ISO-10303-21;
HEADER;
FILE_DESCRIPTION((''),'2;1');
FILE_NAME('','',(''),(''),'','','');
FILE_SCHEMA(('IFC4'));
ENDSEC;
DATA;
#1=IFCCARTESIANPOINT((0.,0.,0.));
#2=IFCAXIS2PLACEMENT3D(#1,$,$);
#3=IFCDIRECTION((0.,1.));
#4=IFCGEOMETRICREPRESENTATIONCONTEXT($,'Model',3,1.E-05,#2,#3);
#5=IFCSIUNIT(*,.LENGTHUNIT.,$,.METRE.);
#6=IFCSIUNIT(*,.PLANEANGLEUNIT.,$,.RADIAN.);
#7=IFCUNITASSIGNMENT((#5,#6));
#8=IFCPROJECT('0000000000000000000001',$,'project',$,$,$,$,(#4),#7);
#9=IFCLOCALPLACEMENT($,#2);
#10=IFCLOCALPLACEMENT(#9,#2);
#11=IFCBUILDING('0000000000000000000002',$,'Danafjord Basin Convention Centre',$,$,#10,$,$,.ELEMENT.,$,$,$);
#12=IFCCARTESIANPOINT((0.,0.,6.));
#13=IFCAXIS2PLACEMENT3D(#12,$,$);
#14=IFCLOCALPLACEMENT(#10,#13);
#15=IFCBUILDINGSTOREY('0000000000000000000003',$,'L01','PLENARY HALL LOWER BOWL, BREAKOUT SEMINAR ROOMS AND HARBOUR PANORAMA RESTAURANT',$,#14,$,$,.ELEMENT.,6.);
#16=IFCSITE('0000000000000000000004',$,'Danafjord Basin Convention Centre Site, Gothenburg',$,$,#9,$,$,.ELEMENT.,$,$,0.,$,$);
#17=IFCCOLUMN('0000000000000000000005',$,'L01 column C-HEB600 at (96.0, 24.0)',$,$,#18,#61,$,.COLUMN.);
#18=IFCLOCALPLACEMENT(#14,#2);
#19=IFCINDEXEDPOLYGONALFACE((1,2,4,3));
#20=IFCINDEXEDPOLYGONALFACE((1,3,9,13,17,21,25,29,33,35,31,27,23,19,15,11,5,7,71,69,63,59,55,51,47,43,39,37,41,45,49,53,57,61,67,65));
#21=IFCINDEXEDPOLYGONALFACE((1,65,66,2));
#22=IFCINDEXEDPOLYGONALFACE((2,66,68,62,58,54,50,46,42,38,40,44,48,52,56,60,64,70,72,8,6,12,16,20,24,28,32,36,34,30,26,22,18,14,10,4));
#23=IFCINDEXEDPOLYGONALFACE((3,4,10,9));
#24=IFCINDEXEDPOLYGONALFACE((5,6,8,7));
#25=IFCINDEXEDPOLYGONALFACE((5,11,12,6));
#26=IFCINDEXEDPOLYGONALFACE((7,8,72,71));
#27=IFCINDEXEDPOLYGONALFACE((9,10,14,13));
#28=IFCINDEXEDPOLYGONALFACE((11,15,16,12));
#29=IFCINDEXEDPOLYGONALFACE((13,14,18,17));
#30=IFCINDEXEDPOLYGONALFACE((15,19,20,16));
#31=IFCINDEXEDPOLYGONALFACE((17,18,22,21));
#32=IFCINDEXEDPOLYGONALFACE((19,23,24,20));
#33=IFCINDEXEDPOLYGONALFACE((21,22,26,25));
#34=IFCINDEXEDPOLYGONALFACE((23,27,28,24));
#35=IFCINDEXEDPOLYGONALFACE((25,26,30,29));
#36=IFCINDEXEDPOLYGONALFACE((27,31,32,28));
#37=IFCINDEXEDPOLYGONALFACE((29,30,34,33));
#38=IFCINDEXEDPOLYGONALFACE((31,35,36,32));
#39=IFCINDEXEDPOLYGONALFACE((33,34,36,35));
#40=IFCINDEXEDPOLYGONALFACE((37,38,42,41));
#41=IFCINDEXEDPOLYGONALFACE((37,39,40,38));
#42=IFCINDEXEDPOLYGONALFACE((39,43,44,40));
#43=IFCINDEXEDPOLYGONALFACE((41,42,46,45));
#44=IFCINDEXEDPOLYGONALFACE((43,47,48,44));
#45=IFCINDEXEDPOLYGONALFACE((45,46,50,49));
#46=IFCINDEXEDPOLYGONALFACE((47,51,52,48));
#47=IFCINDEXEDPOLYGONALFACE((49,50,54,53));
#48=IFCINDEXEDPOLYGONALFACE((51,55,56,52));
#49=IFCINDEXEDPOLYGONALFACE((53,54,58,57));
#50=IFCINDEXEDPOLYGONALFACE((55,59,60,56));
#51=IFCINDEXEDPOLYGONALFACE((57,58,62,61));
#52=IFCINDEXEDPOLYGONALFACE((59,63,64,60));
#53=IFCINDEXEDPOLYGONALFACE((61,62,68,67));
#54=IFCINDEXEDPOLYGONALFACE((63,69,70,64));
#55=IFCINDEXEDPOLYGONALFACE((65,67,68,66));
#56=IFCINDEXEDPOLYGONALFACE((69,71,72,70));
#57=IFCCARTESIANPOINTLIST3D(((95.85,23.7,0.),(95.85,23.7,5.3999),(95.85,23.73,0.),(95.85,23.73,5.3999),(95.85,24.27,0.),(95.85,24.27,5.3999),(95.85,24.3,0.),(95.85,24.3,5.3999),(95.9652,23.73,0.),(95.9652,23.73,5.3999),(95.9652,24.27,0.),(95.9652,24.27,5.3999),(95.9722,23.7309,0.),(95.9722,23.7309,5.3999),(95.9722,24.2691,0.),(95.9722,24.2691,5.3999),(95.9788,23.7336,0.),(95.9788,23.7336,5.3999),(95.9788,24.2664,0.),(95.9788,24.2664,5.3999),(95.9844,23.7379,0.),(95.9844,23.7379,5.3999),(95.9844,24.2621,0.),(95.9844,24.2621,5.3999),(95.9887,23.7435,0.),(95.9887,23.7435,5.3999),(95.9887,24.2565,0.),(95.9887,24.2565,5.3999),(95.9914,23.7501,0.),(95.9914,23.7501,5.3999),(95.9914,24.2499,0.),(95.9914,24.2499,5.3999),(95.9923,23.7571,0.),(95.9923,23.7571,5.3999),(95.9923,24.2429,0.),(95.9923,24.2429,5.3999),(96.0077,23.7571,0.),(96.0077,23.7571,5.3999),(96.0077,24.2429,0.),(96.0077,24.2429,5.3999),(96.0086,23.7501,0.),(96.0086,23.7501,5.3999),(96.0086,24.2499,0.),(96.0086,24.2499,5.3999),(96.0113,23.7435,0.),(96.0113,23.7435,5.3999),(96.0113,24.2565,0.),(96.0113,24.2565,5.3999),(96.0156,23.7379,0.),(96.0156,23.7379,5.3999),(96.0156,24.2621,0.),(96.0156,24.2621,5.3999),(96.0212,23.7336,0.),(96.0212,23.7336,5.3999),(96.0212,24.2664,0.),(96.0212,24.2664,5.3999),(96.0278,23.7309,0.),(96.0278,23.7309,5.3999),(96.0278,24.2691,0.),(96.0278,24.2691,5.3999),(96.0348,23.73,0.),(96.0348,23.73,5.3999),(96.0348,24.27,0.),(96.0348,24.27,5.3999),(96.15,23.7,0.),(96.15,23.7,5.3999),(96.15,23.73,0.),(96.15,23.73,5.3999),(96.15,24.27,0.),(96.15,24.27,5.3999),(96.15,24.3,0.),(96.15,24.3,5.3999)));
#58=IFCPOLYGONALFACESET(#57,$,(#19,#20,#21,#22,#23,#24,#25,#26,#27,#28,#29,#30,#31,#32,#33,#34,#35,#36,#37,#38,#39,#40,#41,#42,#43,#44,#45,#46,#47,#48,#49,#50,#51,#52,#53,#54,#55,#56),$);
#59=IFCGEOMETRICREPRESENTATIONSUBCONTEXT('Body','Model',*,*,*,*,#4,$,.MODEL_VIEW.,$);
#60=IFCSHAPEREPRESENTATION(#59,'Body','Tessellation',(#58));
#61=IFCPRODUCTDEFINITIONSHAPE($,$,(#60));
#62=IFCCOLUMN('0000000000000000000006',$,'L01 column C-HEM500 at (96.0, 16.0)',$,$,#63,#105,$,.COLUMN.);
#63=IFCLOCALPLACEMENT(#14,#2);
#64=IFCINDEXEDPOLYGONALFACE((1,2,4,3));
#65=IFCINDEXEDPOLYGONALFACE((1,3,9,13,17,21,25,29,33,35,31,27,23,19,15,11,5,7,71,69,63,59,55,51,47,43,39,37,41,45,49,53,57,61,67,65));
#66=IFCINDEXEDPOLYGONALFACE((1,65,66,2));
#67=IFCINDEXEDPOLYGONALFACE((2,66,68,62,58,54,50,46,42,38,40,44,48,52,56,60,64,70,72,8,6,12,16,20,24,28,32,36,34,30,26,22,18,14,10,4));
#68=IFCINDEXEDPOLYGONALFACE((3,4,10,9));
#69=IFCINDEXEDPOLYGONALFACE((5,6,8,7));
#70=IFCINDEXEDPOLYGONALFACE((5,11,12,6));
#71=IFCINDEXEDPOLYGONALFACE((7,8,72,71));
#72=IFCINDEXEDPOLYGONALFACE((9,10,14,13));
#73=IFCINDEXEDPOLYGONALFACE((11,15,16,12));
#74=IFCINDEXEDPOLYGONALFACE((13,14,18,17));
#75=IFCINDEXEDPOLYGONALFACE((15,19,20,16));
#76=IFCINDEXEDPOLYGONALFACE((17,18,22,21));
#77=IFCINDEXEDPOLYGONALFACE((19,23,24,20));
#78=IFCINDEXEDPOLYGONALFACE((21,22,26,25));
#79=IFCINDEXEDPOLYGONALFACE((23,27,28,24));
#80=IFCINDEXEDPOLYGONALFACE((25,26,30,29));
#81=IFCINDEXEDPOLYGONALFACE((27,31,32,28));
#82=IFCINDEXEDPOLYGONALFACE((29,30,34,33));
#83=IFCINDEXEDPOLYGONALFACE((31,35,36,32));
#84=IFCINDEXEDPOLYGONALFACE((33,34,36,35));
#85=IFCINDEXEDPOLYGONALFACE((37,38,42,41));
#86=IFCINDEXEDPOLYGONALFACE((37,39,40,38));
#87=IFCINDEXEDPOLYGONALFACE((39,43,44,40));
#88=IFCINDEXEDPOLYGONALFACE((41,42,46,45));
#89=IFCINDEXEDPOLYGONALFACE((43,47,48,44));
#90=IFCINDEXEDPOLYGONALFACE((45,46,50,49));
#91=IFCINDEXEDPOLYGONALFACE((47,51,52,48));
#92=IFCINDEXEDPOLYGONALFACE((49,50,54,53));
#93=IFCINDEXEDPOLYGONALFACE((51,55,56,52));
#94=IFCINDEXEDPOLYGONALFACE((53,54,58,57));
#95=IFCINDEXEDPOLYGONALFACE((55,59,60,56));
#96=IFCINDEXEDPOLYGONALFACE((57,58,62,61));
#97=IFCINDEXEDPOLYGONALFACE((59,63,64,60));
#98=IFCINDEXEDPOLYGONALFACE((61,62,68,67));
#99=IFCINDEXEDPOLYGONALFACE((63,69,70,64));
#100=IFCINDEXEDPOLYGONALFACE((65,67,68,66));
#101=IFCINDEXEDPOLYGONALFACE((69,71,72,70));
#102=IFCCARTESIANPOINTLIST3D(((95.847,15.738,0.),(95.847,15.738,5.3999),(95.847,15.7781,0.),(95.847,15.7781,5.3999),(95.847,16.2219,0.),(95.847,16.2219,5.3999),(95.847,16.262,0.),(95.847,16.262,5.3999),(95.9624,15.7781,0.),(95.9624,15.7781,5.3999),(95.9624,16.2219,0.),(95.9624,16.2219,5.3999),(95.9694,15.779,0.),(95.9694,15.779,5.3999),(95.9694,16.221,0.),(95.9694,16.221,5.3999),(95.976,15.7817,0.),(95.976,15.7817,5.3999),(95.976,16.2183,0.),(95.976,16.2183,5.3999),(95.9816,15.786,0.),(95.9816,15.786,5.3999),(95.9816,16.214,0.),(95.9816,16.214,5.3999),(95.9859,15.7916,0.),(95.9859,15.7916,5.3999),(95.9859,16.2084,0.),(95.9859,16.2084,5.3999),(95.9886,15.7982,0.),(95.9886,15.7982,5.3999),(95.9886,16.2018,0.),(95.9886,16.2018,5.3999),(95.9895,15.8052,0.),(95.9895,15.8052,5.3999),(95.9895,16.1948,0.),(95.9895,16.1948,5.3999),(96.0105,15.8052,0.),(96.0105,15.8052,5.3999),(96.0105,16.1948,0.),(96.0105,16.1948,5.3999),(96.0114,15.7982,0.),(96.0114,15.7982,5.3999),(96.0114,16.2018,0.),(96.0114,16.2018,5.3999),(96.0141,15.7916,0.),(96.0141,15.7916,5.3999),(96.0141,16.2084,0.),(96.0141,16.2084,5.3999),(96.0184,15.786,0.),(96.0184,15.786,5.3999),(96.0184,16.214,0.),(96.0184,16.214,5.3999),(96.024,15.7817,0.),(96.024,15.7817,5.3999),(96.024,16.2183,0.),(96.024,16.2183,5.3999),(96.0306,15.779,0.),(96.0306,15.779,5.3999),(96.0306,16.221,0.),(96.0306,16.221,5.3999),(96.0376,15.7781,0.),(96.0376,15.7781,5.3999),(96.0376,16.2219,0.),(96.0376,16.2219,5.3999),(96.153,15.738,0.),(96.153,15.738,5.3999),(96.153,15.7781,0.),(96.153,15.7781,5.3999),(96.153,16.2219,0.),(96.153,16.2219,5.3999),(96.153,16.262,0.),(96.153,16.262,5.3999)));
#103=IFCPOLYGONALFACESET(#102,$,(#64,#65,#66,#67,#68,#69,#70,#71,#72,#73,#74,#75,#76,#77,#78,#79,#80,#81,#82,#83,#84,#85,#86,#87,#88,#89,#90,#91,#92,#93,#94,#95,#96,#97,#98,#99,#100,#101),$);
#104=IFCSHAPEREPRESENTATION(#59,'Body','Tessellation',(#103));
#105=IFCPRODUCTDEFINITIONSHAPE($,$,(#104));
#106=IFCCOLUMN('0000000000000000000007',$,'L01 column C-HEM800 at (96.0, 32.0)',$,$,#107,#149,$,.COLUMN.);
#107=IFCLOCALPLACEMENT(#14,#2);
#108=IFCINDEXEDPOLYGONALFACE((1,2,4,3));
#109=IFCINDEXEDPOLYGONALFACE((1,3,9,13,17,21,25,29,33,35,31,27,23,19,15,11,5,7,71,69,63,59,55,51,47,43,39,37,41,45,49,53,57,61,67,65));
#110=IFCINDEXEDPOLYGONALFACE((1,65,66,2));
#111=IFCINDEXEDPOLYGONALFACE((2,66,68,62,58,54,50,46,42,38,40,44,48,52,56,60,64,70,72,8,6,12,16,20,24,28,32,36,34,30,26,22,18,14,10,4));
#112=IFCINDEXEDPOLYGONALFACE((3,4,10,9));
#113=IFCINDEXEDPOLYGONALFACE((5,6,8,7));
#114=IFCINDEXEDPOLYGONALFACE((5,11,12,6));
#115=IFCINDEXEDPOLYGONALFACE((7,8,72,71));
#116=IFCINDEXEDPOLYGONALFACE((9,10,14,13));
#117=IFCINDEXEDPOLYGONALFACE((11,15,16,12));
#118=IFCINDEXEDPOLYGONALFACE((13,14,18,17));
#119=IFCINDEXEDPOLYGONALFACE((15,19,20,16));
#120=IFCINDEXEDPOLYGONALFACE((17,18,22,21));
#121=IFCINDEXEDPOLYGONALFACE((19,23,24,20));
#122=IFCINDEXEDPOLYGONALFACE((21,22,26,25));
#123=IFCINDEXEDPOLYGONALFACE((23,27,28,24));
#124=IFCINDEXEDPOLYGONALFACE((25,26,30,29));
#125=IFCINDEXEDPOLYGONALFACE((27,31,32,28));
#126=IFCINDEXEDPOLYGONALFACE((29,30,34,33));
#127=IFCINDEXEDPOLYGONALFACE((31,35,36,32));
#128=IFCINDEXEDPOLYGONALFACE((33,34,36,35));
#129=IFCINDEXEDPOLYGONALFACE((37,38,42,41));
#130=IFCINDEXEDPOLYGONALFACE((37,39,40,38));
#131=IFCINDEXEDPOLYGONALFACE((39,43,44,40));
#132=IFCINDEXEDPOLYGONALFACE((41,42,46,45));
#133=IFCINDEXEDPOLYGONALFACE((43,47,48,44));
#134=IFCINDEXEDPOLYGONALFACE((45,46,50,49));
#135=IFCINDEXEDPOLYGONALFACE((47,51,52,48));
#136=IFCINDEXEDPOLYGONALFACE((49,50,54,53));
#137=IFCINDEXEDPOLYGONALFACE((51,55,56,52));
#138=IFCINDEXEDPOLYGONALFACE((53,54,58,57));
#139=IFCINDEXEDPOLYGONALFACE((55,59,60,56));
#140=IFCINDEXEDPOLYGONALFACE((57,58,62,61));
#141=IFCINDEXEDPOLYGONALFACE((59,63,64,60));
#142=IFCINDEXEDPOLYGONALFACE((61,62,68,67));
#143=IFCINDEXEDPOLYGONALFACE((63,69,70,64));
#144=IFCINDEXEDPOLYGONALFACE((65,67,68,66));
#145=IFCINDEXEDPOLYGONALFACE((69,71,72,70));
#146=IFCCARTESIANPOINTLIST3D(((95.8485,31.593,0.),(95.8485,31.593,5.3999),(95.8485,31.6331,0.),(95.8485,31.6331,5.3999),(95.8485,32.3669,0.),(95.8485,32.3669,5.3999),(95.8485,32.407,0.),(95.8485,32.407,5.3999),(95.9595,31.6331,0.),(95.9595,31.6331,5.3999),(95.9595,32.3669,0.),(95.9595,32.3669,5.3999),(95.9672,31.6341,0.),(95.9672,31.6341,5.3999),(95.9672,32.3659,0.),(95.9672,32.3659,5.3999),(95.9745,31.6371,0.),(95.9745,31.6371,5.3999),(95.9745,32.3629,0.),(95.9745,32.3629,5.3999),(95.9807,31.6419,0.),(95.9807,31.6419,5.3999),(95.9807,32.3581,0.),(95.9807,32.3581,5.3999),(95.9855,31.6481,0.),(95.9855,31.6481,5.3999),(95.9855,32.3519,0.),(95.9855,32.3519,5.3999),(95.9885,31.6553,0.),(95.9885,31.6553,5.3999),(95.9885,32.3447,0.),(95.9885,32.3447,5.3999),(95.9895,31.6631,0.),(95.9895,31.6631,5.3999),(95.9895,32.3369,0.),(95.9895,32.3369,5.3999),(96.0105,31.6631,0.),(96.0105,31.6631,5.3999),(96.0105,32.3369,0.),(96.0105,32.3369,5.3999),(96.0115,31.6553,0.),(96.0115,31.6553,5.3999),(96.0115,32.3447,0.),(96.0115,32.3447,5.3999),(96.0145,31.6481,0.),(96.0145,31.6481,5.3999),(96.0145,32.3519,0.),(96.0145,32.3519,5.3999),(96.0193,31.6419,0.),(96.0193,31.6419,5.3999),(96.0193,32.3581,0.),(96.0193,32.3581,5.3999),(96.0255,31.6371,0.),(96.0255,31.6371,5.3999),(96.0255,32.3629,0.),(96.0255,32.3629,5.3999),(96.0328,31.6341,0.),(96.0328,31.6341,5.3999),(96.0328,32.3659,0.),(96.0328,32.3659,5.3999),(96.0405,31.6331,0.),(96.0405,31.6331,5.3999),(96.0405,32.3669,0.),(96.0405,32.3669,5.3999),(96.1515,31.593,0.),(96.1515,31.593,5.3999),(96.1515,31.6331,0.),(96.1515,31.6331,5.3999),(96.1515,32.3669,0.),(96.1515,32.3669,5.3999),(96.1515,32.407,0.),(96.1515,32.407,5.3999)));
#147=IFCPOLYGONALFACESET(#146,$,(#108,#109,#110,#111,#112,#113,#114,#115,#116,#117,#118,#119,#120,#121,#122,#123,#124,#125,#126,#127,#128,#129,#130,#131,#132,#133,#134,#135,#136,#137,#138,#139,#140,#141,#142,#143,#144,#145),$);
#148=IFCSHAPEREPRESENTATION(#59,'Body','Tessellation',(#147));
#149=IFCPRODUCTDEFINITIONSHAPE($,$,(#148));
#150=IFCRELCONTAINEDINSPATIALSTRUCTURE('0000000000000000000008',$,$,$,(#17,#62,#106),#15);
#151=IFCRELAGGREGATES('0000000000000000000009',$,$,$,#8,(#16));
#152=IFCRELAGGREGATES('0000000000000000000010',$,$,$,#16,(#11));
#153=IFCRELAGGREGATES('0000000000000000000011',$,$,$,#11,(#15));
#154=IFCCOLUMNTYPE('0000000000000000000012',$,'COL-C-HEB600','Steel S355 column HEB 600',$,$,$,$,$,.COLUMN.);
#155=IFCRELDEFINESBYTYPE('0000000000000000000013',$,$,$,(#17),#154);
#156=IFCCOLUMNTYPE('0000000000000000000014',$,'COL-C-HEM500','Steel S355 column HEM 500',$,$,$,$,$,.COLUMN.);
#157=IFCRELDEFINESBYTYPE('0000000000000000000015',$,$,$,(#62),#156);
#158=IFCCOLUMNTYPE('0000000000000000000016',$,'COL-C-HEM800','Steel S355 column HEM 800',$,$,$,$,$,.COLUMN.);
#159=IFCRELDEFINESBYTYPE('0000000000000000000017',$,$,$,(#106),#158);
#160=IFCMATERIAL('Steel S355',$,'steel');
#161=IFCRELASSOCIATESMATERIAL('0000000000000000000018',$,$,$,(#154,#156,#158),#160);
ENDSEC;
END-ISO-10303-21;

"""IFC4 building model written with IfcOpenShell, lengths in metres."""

from ifc_helpers import new_model, si_unit, direction, frame, origin, origin_2d, place, context, subcontext, project, spatial, i_section, extrude, material, material_profile, profile_set, type_object, element, save


model = new_model("IFC4")

# Units and contexts
model_context = context("Model", 3, precision=1e-05, world=origin(), true_north=direction((0.0, 1.0)))
body_context = subcontext(model_context, "Body", "Model", "MODEL_VIEW")
ifc_project = project(units=[si_unit("LENGTHUNIT", "METRE"), si_unit("PLANEANGLEUNIT", "RADIAN")], contexts=[model_context])

# Site, building, storey
site_placement = place(None, origin())
site = spatial("IfcSite", under=ifc_project, at=site_placement, Name="Danafjord Basin Convention Centre Site, Gothenburg", CompositionType="ELEMENT", RefElevation=0.0)
building_placement = place(site_placement, origin())
building = spatial("IfcBuilding", under=site, at=building_placement, Name="Danafjord Basin Convention Centre", CompositionType="ELEMENT")
storey_placement = place(building_placement, frame((0.0, 0.0, 6.0)))
storey = spatial("IfcBuildingStorey", under=building, at=storey_placement, Name="L01", Description="PLENARY HALL LOWER BOWL, BREAKOUT SEMINAR ROOMS AND HARBOUR PANORAMA RESTAURANT", CompositionType="ELEMENT", Elevation=6.0)

# Columns
ifc_material_1 = material(Name="Steel S355", Category="steel")
ifc_material_profile_1 = material_profile(ifc_material_1, i_section(OverallWidth=0.3, OverallDepth=0.6001, WebThickness=0.0154, FlangeThickness=0.03, FilletRadius=0.0271, at=origin_2d()), Name="HEB 600")
ifc_profile_set_1 = profile_set([ifc_material_profile_1], Name="Steel S355")
column_type_1 = type_object("IfcColumnType", Name="COL-C-HEB600", Description="Steel S355 column HEB 600", PredefinedType="COLUMN", material=ifc_profile_set_1)
column_1_placement = place(storey_placement, frame((96.0, 24.0, 0.0), z_axis=(0.0, 0.0, 1.0), x_axis=(1.0, 0.0, 0.0)))
element("IfcColumn", 1, at=column_1_placement, inside=storey, type_object=column_type_1, Name="L01 column C-HEB600 at (96.0, 24.0)", PredefinedType="COLUMN", context=body_context, shape_type="SweptSolid", body=[
    extrude(i_section(OverallWidth=0.3, OverallDepth=0.6001, WebThickness=0.0154, FlangeThickness=0.03, FilletRadius=0.0271, at=origin_2d()), origin(), (0.0, 0.0, 1.0), 5.3999),
])
ifc_material_profile_2 = material_profile(ifc_material_1, i_section(OverallWidth=0.3059, OverallDepth=0.5239, WebThickness=0.021, FlangeThickness=0.04, FilletRadius=0.0271, at=origin_2d()), Name="HEM 500")
ifc_profile_set_2 = profile_set([ifc_material_profile_2], Name="Steel S355")
column_type_2 = type_object("IfcColumnType", Name="COL-C-HEM500", Description="Steel S355 column HEM 500", PredefinedType="COLUMN", material=ifc_profile_set_2)
column_2_placement = place(storey_placement, frame((96.0, 16.0, 0.0), z_axis=(0.0, 0.0, 1.0), x_axis=(1.0, 0.0, 0.0)))
element("IfcColumn", 2, at=column_2_placement, inside=storey, type_object=column_type_2, Name="L01 column C-HEM500 at (96.0, 16.0)", PredefinedType="COLUMN", context=body_context, shape_type="SweptSolid", body=[
    extrude(i_section(OverallWidth=0.3059, OverallDepth=0.5239, WebThickness=0.021, FlangeThickness=0.04, FilletRadius=0.0271, at=origin_2d()), origin(), (0.0, 0.0, 1.0), 5.3999),
])
ifc_material_profile_3 = material_profile(ifc_material_1, i_section(OverallWidth=0.303, OverallDepth=0.814, WebThickness=0.021, FlangeThickness=0.04, FilletRadius=0.03, at=origin_2d()), Name="HEM 800")
ifc_profile_set_3 = profile_set([ifc_material_profile_3], Name="Steel S355")
column_type_3 = type_object("IfcColumnType", Name="COL-C-HEM800", Description="Steel S355 column HEM 800", PredefinedType="COLUMN", material=ifc_profile_set_3)
column_3_placement = place(storey_placement, frame((96.0, 32.0, 0.0), z_axis=(0.0, 0.0, 1.0), x_axis=(1.0, 0.0, 0.0)))
element("IfcColumn", 3, at=column_3_placement, inside=storey, type_object=column_type_3, Name="L01 column C-HEM800 at (96.0, 32.0)", PredefinedType="COLUMN", context=body_context, shape_type="SweptSolid", body=[
    extrude(i_section(OverallWidth=0.303, OverallDepth=0.814, WebThickness=0.021, FlangeThickness=0.04, FilletRadius=0.03, at=origin_2d()), origin(), (0.0, 0.0, 1.0), 5.3999),
])

save(model, "model.ifc")
